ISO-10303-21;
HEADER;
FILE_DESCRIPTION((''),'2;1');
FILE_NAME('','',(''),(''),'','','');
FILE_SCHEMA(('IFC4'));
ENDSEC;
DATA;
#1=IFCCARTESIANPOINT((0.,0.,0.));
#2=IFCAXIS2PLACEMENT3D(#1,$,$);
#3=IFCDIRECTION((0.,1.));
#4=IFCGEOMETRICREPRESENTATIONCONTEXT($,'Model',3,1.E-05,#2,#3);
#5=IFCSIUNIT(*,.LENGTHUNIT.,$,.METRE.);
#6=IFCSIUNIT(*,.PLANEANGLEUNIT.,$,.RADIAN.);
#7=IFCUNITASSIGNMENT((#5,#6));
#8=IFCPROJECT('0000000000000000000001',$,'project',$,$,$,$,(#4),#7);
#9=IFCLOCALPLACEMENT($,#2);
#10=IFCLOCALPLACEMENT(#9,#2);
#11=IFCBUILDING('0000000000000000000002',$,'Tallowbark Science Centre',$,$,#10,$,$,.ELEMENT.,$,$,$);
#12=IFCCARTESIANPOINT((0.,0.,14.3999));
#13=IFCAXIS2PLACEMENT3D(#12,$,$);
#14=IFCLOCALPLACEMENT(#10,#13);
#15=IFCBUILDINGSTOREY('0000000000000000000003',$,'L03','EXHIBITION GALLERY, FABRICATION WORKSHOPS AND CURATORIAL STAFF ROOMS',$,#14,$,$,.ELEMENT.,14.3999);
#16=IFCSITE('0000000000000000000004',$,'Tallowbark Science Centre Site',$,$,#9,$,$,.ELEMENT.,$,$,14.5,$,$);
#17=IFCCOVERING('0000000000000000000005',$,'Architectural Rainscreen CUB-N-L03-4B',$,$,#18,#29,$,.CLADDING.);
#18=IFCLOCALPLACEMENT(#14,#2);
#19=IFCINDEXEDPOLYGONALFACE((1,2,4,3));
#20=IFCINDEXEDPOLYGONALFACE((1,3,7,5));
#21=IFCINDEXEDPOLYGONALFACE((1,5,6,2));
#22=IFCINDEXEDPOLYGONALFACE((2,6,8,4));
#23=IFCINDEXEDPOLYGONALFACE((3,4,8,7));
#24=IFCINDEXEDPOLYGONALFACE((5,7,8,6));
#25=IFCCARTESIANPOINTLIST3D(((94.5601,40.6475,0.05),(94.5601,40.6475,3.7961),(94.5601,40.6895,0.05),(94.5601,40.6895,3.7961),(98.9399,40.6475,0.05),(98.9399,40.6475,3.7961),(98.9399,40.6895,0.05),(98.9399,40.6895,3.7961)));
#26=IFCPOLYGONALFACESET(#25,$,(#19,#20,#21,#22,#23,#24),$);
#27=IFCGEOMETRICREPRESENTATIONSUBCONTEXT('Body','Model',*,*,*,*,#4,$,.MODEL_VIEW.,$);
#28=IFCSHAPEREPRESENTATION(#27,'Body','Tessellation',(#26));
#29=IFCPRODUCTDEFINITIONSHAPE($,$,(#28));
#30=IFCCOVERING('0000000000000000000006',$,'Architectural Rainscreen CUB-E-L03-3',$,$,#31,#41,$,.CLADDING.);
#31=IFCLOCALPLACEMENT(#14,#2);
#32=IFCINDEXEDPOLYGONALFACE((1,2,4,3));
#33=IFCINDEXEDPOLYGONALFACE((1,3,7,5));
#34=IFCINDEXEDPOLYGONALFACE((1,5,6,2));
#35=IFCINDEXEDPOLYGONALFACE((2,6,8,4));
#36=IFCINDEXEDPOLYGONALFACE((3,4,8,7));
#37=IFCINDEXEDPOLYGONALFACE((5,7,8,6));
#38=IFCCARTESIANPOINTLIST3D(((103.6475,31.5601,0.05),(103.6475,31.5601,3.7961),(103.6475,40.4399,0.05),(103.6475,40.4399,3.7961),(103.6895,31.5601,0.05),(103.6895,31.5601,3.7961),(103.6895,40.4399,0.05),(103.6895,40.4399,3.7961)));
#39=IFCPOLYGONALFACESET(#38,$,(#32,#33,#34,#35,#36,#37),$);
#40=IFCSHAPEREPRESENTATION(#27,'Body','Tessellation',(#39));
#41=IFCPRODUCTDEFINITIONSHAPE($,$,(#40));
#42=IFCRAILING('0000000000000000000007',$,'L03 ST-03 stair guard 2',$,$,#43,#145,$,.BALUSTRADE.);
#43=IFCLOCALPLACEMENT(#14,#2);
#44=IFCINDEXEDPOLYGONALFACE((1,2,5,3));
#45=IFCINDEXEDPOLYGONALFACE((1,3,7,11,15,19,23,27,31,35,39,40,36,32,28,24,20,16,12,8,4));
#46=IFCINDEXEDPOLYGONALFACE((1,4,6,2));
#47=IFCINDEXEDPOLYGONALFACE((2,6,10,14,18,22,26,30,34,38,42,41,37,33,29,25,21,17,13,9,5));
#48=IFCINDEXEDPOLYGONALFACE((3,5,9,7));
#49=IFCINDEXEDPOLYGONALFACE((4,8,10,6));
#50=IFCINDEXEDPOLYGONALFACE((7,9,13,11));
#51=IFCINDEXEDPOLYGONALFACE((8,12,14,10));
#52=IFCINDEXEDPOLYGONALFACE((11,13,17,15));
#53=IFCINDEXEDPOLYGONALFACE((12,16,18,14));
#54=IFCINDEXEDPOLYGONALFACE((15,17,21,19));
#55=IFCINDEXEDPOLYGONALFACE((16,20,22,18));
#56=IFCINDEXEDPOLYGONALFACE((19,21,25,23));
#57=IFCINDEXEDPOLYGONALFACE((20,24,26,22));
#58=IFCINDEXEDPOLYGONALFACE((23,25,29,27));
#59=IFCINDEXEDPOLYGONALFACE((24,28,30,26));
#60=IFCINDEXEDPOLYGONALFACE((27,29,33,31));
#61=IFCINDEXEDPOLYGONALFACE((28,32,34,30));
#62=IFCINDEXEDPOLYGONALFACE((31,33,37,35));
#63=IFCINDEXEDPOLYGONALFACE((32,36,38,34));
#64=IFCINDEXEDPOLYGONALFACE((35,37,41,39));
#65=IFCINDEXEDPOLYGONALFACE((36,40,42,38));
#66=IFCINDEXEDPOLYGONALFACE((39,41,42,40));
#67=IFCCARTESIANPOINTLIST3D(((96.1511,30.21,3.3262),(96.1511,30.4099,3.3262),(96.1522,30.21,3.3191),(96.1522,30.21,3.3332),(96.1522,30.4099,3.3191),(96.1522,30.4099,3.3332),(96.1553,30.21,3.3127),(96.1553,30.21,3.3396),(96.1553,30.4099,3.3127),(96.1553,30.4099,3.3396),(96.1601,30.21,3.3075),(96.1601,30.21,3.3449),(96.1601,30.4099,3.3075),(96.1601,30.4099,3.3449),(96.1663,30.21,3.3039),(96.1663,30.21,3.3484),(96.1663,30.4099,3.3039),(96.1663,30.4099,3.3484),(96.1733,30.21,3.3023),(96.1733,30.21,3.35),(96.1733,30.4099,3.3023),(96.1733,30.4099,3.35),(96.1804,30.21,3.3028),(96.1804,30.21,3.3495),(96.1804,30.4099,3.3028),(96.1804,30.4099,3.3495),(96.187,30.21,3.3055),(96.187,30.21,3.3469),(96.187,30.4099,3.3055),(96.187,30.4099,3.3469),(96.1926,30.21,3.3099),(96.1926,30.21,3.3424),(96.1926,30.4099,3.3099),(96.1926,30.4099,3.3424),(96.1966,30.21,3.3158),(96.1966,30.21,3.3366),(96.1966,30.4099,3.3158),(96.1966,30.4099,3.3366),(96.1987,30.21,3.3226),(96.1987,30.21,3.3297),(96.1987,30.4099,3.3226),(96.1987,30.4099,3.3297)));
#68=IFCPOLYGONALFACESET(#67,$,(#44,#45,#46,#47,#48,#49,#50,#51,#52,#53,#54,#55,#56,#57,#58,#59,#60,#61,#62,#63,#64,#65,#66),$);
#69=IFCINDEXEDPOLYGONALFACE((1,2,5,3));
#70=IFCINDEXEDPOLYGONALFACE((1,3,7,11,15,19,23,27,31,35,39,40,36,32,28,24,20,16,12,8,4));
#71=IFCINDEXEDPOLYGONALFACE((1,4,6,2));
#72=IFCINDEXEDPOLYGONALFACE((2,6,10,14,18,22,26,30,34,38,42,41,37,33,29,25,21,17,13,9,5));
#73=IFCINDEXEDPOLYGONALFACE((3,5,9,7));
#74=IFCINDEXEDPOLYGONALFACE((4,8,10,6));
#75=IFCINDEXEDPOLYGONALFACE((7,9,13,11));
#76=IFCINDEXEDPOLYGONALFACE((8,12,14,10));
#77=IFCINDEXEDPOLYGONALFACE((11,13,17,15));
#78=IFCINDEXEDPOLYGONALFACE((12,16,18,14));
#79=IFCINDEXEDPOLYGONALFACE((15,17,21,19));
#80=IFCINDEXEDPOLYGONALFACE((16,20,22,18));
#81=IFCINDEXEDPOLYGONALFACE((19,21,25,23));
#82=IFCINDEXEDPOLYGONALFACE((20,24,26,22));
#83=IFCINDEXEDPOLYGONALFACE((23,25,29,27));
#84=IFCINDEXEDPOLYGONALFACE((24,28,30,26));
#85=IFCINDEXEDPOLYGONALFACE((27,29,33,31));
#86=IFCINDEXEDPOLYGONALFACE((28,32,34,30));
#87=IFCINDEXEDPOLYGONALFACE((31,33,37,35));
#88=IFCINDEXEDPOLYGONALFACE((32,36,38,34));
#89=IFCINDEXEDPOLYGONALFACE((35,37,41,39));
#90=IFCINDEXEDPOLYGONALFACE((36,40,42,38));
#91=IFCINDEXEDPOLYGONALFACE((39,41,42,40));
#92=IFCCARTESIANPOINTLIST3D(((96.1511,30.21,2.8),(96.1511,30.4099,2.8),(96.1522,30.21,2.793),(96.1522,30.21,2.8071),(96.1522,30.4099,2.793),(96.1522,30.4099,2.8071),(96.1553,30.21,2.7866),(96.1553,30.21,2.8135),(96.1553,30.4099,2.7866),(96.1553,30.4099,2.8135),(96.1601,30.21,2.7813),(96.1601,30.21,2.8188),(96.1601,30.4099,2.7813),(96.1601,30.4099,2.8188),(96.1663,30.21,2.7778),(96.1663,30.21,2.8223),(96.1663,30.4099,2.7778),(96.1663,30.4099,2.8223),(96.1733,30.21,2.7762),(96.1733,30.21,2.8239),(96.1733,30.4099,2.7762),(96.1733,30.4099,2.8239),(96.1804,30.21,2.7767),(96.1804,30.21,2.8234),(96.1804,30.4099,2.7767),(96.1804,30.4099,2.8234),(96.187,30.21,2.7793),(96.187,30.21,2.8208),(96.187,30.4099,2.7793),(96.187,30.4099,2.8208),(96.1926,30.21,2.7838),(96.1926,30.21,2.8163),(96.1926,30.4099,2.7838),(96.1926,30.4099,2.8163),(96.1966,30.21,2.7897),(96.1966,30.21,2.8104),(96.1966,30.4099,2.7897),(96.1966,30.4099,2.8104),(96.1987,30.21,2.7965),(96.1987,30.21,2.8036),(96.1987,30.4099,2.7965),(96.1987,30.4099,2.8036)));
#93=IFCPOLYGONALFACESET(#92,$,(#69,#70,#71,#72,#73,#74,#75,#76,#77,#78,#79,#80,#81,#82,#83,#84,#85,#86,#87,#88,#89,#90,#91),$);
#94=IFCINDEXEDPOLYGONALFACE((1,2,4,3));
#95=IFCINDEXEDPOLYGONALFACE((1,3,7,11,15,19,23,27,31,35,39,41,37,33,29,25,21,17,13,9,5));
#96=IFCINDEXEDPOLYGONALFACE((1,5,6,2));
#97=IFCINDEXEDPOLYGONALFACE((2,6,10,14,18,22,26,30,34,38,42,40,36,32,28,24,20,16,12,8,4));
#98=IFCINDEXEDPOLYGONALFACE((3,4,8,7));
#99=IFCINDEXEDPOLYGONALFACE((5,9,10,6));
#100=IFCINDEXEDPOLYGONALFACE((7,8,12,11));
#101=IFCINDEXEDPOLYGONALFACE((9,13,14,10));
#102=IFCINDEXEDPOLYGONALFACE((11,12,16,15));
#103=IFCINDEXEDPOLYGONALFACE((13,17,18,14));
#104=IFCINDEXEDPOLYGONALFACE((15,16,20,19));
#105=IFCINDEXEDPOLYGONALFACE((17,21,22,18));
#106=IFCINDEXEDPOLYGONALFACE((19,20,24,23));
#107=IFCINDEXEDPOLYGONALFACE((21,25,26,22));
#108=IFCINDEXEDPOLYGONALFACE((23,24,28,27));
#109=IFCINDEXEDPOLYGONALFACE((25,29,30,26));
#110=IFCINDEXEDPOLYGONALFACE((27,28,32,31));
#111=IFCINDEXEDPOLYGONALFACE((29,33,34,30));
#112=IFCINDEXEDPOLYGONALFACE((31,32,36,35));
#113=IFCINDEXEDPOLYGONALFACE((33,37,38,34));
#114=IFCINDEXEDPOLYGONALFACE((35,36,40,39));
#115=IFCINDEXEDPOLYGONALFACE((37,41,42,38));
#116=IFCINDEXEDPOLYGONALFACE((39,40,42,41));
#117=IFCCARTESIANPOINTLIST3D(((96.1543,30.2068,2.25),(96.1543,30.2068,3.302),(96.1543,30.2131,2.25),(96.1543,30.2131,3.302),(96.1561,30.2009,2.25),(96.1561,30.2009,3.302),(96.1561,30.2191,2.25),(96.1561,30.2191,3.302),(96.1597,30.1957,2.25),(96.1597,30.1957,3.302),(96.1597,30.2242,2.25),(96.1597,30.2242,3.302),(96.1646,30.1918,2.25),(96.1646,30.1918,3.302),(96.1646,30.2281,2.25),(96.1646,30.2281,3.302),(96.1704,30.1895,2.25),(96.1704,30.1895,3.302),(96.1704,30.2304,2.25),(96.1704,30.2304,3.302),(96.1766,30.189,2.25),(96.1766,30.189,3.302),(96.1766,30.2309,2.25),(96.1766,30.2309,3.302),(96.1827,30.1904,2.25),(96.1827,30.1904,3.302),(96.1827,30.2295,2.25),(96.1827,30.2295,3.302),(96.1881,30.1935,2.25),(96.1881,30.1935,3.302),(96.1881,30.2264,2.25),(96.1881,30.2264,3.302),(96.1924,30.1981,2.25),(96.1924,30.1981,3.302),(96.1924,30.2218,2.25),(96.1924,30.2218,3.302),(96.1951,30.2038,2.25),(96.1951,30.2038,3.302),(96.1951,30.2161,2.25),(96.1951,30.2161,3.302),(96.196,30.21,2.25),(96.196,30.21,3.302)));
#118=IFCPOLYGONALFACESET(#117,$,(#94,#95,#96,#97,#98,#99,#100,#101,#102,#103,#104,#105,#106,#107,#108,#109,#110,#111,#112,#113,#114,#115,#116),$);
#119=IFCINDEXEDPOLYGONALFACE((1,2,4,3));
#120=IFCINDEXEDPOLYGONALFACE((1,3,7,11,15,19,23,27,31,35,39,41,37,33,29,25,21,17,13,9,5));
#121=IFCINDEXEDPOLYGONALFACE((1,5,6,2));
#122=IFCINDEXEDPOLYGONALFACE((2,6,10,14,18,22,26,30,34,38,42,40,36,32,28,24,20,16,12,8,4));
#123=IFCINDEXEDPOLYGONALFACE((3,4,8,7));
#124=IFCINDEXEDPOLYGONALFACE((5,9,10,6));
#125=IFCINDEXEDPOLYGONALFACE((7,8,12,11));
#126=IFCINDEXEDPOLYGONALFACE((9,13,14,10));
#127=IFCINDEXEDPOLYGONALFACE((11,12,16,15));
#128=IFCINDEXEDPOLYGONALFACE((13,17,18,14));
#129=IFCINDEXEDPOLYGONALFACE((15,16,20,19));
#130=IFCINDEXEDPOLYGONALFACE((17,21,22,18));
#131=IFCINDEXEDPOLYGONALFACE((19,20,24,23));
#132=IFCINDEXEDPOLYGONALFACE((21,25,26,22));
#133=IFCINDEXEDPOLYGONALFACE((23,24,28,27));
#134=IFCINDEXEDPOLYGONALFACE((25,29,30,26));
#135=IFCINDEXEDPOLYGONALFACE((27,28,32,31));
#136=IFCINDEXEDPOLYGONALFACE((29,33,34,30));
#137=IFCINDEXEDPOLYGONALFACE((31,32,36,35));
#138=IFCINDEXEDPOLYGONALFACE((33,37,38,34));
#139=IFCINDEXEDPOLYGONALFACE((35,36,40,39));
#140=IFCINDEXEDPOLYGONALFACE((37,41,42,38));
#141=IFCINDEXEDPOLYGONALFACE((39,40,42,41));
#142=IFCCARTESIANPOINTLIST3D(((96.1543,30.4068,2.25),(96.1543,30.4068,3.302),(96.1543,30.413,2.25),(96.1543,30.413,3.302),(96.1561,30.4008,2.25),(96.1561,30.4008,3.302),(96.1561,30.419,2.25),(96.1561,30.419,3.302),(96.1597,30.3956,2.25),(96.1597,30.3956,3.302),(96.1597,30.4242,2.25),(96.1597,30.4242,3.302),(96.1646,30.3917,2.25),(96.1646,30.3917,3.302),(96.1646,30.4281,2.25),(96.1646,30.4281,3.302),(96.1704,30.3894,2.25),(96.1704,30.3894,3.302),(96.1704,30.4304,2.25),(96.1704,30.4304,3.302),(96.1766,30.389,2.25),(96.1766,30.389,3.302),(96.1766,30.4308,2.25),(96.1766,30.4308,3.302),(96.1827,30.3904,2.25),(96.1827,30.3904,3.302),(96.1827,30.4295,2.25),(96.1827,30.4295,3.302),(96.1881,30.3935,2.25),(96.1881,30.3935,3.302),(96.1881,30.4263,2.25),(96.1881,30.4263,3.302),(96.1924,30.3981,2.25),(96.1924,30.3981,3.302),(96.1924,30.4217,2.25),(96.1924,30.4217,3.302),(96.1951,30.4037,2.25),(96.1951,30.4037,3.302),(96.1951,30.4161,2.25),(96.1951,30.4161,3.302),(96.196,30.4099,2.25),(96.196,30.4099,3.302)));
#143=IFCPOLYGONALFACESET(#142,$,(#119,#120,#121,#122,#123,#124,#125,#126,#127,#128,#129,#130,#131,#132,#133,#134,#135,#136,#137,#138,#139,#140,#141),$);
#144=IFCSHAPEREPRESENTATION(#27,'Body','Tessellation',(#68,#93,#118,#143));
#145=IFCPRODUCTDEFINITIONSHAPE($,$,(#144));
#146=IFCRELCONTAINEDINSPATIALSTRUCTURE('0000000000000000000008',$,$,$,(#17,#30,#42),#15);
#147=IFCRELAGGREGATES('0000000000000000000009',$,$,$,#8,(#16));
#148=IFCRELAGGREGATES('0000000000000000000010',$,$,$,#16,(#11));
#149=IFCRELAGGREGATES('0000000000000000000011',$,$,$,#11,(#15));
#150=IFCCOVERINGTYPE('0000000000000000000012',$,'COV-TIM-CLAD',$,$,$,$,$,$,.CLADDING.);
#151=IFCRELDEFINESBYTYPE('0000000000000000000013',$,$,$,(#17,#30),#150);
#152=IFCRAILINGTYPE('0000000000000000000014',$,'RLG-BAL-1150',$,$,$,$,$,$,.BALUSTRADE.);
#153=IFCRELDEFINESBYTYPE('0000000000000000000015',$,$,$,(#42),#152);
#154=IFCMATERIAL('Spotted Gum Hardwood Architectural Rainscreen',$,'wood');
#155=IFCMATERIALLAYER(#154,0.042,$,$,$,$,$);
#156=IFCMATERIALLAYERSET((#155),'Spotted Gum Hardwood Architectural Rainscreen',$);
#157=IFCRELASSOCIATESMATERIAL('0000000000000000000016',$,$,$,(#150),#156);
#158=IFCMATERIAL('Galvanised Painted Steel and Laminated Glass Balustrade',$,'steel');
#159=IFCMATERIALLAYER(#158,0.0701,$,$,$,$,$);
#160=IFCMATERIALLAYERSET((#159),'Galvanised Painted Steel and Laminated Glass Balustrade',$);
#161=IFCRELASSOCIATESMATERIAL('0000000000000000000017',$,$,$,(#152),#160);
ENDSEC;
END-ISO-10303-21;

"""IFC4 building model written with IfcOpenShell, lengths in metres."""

from ifc_helpers import new_model, si_unit, direction, frame, origin, origin_2d, place, context, subcontext, project, spatial, rectangle, circle, extrude, material, layer, layer_set, type_object, element, save


model = new_model("IFC4")

# Units and contexts
model_context = context("Model", 3, precision=1e-05, world=origin(), true_north=direction((0.0, 1.0)))
body_context = subcontext(model_context, "Body", "Model", "MODEL_VIEW")
ifc_project = project(units=[si_unit("LENGTHUNIT", "METRE"), si_unit("PLANEANGLEUNIT", "RADIAN")], contexts=[model_context])

# Site, building, storey
site_placement = place(None, origin())
site = spatial("IfcSite", under=ifc_project, at=site_placement, Name="Tallowbark Science Centre Site", CompositionType="ELEMENT", RefElevation=14.5)
building_placement = place(site_placement, origin())
building = spatial("IfcBuilding", under=site, at=building_placement, Name="Tallowbark Science Centre", CompositionType="ELEMENT")
storey_placement = place(building_placement, frame((0.0, 0.0, 14.3999)))
storey = spatial("IfcBuildingStorey", under=building, at=storey_placement, Name="L03", Description="EXHIBITION GALLERY, FABRICATION WORKSHOPS AND CURATORIAL STAFF ROOMS", CompositionType="ELEMENT", Elevation=14.3999)

# Coverings
ifc_material_1 = material(Name="Spotted Gum Hardwood Architectural Rainscreen", Category="wood")
ifc_layer_1 = layer(ifc_material_1, 0.042)
ifc_layer_set_1 = layer_set([ifc_layer_1], Name="Spotted Gum Hardwood Architectural Rainscreen")
covering_type = type_object("IfcCoveringType", Name="COV-TIM-CLAD", PredefinedType="CLADDING", material=ifc_layer_set_1)
covering_1_placement = place(storey_placement, frame((96.75, 40.6685, 0.05), z_axis=(0.0, 0.0, 1.0), x_axis=(-1.0, 0.0, 0.0)))
element("IfcCovering", 1, at=covering_1_placement, inside=storey, type_object=covering_type, Name="Architectural Rainscreen CUB-N-L03-4B", PredefinedType="CLADDING", context=body_context, shape_type="SweptSolid", body=[
    extrude(rectangle(XDim=4.3799, YDim=0.042, at=origin_2d()), origin(), (0.0, 0.0, 1.0), 3.7461),
])
covering_2_placement = place(storey_placement, frame((103.6685, 36.0, 0.05), z_axis=(0.0, 0.0, 1.0), x_axis=(0.0, 1.0, 0.0)))
element("IfcCovering", 2, at=covering_2_placement, inside=storey, type_object=covering_type, Name="Architectural Rainscreen CUB-E-L03-3", PredefinedType="CLADDING", context=body_context, shape_type="SweptSolid", body=[
    extrude(rectangle(XDim=8.8799, YDim=0.042, at=origin_2d()), origin(), (0.0, 0.0, 1.0), 3.7461),
])

# Railing
ifc_material_2 = material(Name="Galvanised Painted Steel and Laminated Glass Balustrade", Category="steel")
ifc_layer_2 = layer(ifc_material_2, 0.0701)
ifc_layer_set_2 = layer_set([ifc_layer_2], Name="Galvanised Painted Steel and Laminated Glass Balustrade")
railing_type_1 = type_object("IfcRailingType", Name="RLG-BAL-1150", PredefinedType="BALUSTRADE", material=ifc_layer_set_2)
railing_1_placement = place(storey_placement, frame((96.175, 30.21, 2.25)))
element("IfcRailing", 3, at=railing_1_placement, inside=storey, type_object=railing_type_1, Name="L03 ST-03 stair guard 2", PredefinedType="BALUSTRADE", context=body_context, shape_type="SweptSolid", body=[
    extrude(circle(Radius=0.0239, at=origin_2d()), frame((0.0, 0.0, 1.0762), z_axis=(0.0, 1.0, 0.0), x_axis=(-1.0, 0.0, 0.0)), (0.0, 0.0, 1.0), 0.2),
    extrude(circle(Radius=0.0239, at=origin_2d()), frame((0.0, 0.0, 0.55), z_axis=(0.0, 1.0, 0.0), x_axis=(-1.0, 0.0, 0.0)), (0.0, 0.0, 1.0), 0.2),
    extrude(circle(Radius=0.021, at=origin_2d()), origin(), (0.0, 0.0, 1.0), 1.052),
    extrude(circle(Radius=0.021, at=origin_2d()), frame((0.0, 0.2, 0.0)), (0.0, 0.0, 1.0), 1.052),
])

save(model, "model.ifc")
